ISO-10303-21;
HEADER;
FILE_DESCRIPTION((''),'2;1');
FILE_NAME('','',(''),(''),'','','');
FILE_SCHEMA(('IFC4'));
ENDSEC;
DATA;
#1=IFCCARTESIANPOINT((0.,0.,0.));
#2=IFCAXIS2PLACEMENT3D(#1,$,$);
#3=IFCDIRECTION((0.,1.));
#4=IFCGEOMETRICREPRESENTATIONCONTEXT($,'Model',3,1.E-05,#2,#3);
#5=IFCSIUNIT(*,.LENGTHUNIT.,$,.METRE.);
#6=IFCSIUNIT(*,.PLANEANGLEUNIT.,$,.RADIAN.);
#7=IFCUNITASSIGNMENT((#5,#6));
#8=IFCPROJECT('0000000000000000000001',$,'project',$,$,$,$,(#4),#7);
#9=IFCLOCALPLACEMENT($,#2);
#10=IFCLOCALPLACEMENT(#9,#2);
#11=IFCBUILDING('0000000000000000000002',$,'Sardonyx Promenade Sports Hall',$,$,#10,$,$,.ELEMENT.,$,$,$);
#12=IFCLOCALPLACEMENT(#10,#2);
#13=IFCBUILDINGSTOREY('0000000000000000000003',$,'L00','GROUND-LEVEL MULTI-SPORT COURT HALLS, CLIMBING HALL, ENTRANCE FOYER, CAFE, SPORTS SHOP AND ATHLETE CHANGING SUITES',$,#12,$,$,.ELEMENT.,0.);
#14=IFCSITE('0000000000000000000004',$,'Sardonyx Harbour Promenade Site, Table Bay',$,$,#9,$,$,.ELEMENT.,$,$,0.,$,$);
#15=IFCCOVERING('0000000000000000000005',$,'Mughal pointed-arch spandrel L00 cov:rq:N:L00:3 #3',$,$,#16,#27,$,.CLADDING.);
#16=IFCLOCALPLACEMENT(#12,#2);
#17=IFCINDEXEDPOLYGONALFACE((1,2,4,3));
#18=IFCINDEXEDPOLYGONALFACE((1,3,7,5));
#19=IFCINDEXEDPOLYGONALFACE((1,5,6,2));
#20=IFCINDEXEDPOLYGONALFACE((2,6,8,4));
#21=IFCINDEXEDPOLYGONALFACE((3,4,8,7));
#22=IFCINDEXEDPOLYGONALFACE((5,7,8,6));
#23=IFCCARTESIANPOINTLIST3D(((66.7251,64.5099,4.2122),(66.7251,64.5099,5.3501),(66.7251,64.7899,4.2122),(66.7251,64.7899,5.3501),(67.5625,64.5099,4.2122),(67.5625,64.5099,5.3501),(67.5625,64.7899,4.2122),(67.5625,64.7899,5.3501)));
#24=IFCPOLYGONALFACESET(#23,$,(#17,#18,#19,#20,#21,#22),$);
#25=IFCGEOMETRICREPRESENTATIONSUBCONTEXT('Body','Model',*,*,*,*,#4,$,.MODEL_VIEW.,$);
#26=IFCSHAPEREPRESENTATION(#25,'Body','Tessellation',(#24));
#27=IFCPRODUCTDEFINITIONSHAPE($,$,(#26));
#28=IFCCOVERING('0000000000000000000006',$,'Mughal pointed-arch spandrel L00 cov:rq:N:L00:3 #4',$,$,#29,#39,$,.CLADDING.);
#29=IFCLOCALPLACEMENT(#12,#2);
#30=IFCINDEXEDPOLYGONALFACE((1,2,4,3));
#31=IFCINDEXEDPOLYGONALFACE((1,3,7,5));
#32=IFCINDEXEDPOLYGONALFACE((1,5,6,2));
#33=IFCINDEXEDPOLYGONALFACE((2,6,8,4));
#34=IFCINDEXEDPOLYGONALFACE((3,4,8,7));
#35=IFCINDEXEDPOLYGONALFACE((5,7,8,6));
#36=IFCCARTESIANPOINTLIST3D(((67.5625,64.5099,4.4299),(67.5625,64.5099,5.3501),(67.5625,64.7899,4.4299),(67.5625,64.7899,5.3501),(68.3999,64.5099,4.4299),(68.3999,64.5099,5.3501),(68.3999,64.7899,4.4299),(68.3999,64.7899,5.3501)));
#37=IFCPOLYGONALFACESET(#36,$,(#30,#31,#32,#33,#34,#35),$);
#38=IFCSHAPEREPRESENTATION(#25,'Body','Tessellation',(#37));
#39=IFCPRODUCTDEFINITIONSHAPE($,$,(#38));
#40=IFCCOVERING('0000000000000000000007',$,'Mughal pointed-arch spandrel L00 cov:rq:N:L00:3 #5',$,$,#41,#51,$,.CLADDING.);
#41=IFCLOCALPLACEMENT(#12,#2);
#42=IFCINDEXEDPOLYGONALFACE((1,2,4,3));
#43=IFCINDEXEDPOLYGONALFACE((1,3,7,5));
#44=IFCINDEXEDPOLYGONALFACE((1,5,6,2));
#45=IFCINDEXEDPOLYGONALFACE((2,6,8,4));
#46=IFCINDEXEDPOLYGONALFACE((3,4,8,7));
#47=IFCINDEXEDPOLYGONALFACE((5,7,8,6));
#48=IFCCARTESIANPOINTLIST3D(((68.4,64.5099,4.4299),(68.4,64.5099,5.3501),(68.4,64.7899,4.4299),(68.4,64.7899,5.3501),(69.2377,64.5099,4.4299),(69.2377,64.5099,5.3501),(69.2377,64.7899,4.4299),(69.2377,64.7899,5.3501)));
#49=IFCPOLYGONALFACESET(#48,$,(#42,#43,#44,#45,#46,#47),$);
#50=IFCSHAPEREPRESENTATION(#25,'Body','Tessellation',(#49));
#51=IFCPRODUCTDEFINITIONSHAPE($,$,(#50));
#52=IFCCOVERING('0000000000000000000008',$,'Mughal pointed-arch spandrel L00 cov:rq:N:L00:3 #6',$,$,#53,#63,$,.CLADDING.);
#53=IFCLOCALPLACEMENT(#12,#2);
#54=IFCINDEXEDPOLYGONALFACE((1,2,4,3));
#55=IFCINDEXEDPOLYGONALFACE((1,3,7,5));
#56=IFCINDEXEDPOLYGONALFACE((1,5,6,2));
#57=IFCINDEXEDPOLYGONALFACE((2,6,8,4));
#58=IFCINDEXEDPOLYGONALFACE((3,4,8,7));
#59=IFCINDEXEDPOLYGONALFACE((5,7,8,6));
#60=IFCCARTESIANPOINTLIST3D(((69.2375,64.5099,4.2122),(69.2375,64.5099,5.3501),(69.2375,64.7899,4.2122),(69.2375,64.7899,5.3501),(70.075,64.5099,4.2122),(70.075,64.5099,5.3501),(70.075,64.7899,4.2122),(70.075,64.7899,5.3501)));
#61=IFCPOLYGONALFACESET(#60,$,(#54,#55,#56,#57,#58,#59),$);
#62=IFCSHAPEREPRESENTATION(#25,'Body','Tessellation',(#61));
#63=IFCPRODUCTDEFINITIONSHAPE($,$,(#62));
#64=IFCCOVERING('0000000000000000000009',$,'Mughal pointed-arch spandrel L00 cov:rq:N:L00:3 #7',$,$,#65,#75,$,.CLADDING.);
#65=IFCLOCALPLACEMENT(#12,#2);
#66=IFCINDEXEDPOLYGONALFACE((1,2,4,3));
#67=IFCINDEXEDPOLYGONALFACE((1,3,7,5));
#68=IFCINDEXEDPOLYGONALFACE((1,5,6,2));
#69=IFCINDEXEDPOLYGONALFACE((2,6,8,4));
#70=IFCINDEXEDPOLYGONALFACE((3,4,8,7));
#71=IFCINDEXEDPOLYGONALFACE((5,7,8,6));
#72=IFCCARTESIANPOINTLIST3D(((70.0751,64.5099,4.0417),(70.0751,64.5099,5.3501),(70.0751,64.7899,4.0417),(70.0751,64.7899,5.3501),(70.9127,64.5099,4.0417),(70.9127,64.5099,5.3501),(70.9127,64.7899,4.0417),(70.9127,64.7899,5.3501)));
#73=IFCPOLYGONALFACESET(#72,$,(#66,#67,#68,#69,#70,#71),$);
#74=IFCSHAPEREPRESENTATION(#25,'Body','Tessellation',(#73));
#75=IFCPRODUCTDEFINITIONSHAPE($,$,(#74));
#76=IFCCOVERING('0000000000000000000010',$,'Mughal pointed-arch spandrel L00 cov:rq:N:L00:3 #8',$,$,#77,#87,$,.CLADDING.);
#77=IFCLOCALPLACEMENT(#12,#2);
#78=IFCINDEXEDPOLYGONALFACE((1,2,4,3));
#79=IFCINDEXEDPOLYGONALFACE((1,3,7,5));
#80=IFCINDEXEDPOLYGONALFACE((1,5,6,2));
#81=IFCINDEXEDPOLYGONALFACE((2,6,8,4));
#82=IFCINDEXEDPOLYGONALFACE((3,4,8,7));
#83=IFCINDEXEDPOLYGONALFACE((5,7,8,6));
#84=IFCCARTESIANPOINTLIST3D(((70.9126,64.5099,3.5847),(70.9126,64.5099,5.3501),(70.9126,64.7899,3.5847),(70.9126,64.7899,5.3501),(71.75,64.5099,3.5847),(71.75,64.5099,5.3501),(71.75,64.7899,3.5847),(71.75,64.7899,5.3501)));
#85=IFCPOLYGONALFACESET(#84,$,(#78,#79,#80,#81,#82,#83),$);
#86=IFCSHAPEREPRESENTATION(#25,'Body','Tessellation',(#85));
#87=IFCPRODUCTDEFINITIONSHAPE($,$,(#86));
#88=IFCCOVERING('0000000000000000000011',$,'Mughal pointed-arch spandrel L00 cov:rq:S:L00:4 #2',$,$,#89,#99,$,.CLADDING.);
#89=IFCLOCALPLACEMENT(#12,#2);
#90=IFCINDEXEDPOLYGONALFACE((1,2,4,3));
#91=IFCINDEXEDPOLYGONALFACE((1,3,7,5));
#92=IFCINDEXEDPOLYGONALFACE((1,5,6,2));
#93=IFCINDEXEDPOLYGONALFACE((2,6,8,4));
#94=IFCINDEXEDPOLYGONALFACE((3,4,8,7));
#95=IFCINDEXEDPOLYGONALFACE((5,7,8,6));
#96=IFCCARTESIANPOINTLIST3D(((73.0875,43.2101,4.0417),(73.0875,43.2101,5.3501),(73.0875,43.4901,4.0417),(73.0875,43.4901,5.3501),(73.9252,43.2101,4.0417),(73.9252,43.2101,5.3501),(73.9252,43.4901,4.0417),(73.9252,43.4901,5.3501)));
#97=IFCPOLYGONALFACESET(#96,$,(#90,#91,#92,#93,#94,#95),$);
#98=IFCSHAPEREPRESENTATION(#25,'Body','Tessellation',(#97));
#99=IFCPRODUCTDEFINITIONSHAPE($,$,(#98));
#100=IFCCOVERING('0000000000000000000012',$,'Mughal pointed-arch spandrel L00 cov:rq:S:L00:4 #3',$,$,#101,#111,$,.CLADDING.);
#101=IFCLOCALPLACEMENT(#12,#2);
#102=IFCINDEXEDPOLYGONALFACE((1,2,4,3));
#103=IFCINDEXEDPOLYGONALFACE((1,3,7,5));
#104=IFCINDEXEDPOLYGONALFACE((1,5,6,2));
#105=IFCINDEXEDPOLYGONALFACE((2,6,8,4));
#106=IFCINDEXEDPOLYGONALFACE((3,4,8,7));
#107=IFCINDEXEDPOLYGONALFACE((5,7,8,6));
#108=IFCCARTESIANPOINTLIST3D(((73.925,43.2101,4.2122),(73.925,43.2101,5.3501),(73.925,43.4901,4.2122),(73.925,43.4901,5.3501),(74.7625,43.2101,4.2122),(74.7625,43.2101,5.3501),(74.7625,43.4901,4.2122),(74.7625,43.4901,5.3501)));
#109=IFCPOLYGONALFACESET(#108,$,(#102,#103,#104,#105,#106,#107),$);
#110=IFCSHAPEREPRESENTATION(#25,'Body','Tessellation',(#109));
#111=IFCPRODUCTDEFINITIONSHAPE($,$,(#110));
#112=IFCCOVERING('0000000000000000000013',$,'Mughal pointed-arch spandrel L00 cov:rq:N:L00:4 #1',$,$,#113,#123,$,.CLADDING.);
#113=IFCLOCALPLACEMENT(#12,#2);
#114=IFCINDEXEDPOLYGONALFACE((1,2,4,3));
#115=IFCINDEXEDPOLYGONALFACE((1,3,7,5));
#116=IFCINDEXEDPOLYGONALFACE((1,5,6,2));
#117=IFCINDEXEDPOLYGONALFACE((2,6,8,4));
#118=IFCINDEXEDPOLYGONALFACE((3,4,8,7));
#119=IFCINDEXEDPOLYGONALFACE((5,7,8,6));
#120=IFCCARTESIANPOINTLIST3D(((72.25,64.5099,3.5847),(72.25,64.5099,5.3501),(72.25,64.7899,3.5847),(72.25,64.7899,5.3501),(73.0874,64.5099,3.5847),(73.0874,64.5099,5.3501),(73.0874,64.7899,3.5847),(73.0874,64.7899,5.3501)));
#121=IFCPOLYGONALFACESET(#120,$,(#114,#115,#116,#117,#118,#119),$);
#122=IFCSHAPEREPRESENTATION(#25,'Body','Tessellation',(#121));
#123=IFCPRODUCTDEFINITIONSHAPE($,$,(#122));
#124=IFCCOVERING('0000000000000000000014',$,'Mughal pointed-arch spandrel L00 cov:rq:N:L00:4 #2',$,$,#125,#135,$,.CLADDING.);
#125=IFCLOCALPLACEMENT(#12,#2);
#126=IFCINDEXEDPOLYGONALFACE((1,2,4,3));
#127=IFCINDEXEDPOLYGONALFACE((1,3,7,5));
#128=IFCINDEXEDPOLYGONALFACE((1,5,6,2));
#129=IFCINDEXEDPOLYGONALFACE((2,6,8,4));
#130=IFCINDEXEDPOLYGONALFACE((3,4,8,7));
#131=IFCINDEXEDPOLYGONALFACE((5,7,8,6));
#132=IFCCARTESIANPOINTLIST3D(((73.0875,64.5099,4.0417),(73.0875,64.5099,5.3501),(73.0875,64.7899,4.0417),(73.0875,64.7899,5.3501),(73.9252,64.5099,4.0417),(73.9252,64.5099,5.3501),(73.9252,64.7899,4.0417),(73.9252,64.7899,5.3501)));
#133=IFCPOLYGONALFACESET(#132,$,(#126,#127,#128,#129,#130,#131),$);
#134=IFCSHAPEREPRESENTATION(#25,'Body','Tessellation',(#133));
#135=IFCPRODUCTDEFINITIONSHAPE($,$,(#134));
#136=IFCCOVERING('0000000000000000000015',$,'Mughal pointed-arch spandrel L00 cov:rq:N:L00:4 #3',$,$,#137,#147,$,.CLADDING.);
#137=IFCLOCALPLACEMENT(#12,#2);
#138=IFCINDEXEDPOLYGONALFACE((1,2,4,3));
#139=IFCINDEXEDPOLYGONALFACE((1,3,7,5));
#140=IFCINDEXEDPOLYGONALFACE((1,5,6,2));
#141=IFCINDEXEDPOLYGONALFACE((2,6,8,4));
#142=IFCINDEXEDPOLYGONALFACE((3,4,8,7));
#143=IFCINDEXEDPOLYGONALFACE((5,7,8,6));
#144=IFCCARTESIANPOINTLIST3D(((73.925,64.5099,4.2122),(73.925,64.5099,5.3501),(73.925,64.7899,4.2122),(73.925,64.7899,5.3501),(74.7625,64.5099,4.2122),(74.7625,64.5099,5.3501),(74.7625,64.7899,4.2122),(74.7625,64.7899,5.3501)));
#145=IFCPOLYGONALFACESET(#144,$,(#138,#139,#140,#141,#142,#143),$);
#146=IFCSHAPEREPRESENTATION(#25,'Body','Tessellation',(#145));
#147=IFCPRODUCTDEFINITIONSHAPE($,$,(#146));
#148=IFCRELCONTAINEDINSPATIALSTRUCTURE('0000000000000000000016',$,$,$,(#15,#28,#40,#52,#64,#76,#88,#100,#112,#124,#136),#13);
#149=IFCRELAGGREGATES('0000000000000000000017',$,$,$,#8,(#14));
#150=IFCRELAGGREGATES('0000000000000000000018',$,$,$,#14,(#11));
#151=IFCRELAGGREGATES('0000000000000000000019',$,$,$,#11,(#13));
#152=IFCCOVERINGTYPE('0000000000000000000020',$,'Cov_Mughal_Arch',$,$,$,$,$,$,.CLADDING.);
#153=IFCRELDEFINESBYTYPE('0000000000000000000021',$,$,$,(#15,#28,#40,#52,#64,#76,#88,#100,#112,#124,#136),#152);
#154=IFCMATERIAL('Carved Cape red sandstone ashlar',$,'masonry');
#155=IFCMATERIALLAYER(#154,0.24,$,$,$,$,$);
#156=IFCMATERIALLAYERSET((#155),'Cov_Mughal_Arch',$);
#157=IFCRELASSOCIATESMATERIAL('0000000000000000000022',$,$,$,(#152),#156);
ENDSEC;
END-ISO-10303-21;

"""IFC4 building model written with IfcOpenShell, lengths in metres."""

from ifc_helpers import new_model, si_unit, direction, frame, frame_2d, origin, place, context, subcontext, project, spatial, rectangle, extrude, material, layer, layer_set, type_object, element, save


model = new_model("IFC4")

# Units and contexts
model_context = context("Model", 3, precision=1e-05, world=origin(), true_north=direction((0.0, 1.0)))
body_context = subcontext(model_context, "Body", "Model", "MODEL_VIEW")
ifc_project = project(units=[si_unit("LENGTHUNIT", "METRE"), si_unit("PLANEANGLEUNIT", "RADIAN")], contexts=[model_context])

# Site, building, storey
site_placement = place(None, origin())
site = spatial("IfcSite", under=ifc_project, at=site_placement, Name="Sardonyx Harbour Promenade Site, Table Bay", CompositionType="ELEMENT", RefElevation=0.0)
building_placement = place(site_placement, origin())
building = spatial("IfcBuilding", under=site, at=building_placement, Name="Sardonyx Promenade Sports Hall", CompositionType="ELEMENT")
storey_placement = place(building_placement, origin())
storey = spatial("IfcBuildingStorey", under=building, at=storey_placement, Name="L00", Description="GROUND-LEVEL MULTI-SPORT COURT HALLS, CLIMBING HALL, ENTRANCE FOYER, CAFE, SPORTS SHOP AND ATHLETE CHANGING SUITES", CompositionType="ELEMENT", Elevation=0.0)

# Coverings
ifc_material_1 = material(Name="Carved Cape red sandstone ashlar", Category="masonry")
ifc_layer = layer(ifc_material_1, 0.24)
ifc_layer_set = layer_set([ifc_layer], Name="Cov_Mughal_Arch")
covering_type = type_object("IfcCoveringType", Name="Cov_Mughal_Arch", PredefinedType="CLADDING", material=ifc_layer_set)
covering_1_placement = place(storey_placement, frame((66.7251, 64.6499, 4.2122), z_axis=(0.0, 0.0, 1.0), x_axis=(1.0, 0.0, 0.0)))
element("IfcCovering", 1, at=covering_1_placement, inside=storey, type_object=covering_type, Name="Mughal pointed-arch spandrel L00 cov:rq:N:L00:3 #3", PredefinedType="CLADDING", context=body_context, shape_type="SweptSolid", body=[
    extrude(rectangle(XDim=0.8374, YDim=0.28, at=frame_2d((0.4187, 0.0))), origin(), (0.0, 0.0, 1.0), 1.1379),
])
covering_2_placement = place(storey_placement, frame((67.5625, 64.6499, 4.4299), z_axis=(0.0, 0.0, 1.0), x_axis=(1.0, 0.0, 0.0)))
element("IfcCovering", 2, at=covering_2_placement, inside=storey, type_object=covering_type, Name="Mughal pointed-arch spandrel L00 cov:rq:N:L00:3 #4", PredefinedType="CLADDING", context=body_context, shape_type="SweptSolid", body=[
    extrude(rectangle(XDim=0.8374, YDim=0.28, at=frame_2d((0.4187, 0.0))), origin(), (0.0, 0.0, 1.0), 0.9202),
])
covering_3_placement = place(storey_placement, frame((68.3999, 64.6499, 4.4299), z_axis=(0.0, 0.0, 1.0), x_axis=(1.0, 0.0, 0.0)))
element("IfcCovering", 3, at=covering_3_placement, inside=storey, type_object=covering_type, Name="Mughal pointed-arch spandrel L00 cov:rq:N:L00:3 #5", PredefinedType="CLADDING", context=body_context, shape_type="SweptSolid", body=[
    extrude(rectangle(XDim=0.8376, YDim=0.28, at=frame_2d((0.4189, 0.0))), origin(), (0.0, 0.0, 1.0), 0.9202),
])
covering_4_placement = place(storey_placement, frame((69.2375, 64.6499, 4.2122), z_axis=(0.0, 0.0, 1.0), x_axis=(1.0, 0.0, 0.0)))
element("IfcCovering", 4, at=covering_4_placement, inside=storey, type_object=covering_type, Name="Mughal pointed-arch spandrel L00 cov:rq:N:L00:3 #6", PredefinedType="CLADDING", context=body_context, shape_type="SweptSolid", body=[
    extrude(rectangle(XDim=0.8374, YDim=0.28, at=frame_2d((0.4187, 0.0))), origin(), (0.0, 0.0, 1.0), 1.1379),
])
covering_5_placement = place(storey_placement, frame((70.075, 64.6499, 4.0417), z_axis=(0.0, 0.0, 1.0), x_axis=(1.0, 0.0, 0.0)))
element("IfcCovering", 5, at=covering_5_placement, inside=storey, type_object=covering_type, Name="Mughal pointed-arch spandrel L00 cov:rq:N:L00:3 #7", PredefinedType="CLADDING", context=body_context, shape_type="SweptSolid", body=[
    extrude(rectangle(XDim=0.8376, YDim=0.28, at=frame_2d((0.4189, 0.0))), origin(), (0.0, 0.0, 1.0), 1.3083),
])
covering_6_placement = place(storey_placement, frame((70.9126, 64.6499, 3.5847), z_axis=(0.0, 0.0, 1.0), x_axis=(1.0, 0.0, 0.0)))
element("IfcCovering", 6, at=covering_6_placement, inside=storey, type_object=covering_type, Name="Mughal pointed-arch spandrel L00 cov:rq:N:L00:3 #8", PredefinedType="CLADDING", context=body_context, shape_type="SweptSolid", body=[
    extrude(rectangle(XDim=0.8374, YDim=0.28, at=frame_2d((0.4187, 0.0))), origin(), (0.0, 0.0, 1.0), 1.7654),
])
covering_7_placement = place(storey_placement, frame((73.0874, 43.3501, 4.0417), z_axis=(0.0, 0.0, 1.0), x_axis=(1.0, 0.0, 0.0)))
element("IfcCovering", 7, at=covering_7_placement, inside=storey, type_object=covering_type, Name="Mughal pointed-arch spandrel L00 cov:rq:S:L00:4 #2", PredefinedType="CLADDING", context=body_context, shape_type="SweptSolid", body=[
    extrude(rectangle(XDim=0.8376, YDim=0.28, at=frame_2d((0.4189, 0.0))), origin(), (0.0, 0.0, 1.0), 1.3083),
])
covering_8_placement = place(storey_placement, frame((73.925, 43.3501, 4.2122), z_axis=(0.0, 0.0, 1.0), x_axis=(1.0, 0.0, 0.0)))
element("IfcCovering", 8, at=covering_8_placement, inside=storey, type_object=covering_type, Name="Mughal pointed-arch spandrel L00 cov:rq:S:L00:4 #3", PredefinedType="CLADDING", context=body_context, shape_type="SweptSolid", body=[
    extrude(rectangle(XDim=0.8374, YDim=0.28, at=frame_2d((0.4187, 0.0))), origin(), (0.0, 0.0, 1.0), 1.1379),
])
covering_9_placement = place(storey_placement, frame((72.25, 64.6499, 3.5847), z_axis=(0.0, 0.0, 1.0), x_axis=(1.0, 0.0, 0.0)))
element("IfcCovering", 9, at=covering_9_placement, inside=storey, type_object=covering_type, Name="Mughal pointed-arch spandrel L00 cov:rq:N:L00:4 #1", PredefinedType="CLADDING", context=body_context, shape_type="SweptSolid", body=[
    extrude(rectangle(XDim=0.8374, YDim=0.28, at=frame_2d((0.4187, 0.0))), origin(), (0.0, 0.0, 1.0), 1.7654),
])
covering_10_placement = place(storey_placement, frame((73.0874, 64.6499, 4.0417), z_axis=(0.0, 0.0, 1.0), x_axis=(1.0, 0.0, 0.0)))
element("IfcCovering", 10, at=covering_10_placement, inside=storey, type_object=covering_type, Name="Mughal pointed-arch spandrel L00 cov:rq:N:L00:4 #2", PredefinedType="CLADDING", context=body_context, shape_type="SweptSolid", body=[
    extrude(rectangle(XDim=0.8376, YDim=0.28, at=frame_2d((0.4189, 0.0))), origin(), (0.0, 0.0, 1.0), 1.3083),
])
covering_11_placement = place(storey_placement, frame((73.925, 64.6499, 4.2122), z_axis=(0.0, 0.0, 1.0), x_axis=(1.0, 0.0, 0.0)))
element("IfcCovering", 11, at=covering_11_placement, inside=storey, type_object=covering_type, Name="Mughal pointed-arch spandrel L00 cov:rq:N:L00:4 #3", PredefinedType="CLADDING", context=body_context, shape_type="SweptSolid", body=[
    extrude(rectangle(XDim=0.8374, YDim=0.28, at=frame_2d((0.4187, 0.0))), origin(), (0.0, 0.0, 1.0), 1.1379),
])

save(model, "model.ifc")
